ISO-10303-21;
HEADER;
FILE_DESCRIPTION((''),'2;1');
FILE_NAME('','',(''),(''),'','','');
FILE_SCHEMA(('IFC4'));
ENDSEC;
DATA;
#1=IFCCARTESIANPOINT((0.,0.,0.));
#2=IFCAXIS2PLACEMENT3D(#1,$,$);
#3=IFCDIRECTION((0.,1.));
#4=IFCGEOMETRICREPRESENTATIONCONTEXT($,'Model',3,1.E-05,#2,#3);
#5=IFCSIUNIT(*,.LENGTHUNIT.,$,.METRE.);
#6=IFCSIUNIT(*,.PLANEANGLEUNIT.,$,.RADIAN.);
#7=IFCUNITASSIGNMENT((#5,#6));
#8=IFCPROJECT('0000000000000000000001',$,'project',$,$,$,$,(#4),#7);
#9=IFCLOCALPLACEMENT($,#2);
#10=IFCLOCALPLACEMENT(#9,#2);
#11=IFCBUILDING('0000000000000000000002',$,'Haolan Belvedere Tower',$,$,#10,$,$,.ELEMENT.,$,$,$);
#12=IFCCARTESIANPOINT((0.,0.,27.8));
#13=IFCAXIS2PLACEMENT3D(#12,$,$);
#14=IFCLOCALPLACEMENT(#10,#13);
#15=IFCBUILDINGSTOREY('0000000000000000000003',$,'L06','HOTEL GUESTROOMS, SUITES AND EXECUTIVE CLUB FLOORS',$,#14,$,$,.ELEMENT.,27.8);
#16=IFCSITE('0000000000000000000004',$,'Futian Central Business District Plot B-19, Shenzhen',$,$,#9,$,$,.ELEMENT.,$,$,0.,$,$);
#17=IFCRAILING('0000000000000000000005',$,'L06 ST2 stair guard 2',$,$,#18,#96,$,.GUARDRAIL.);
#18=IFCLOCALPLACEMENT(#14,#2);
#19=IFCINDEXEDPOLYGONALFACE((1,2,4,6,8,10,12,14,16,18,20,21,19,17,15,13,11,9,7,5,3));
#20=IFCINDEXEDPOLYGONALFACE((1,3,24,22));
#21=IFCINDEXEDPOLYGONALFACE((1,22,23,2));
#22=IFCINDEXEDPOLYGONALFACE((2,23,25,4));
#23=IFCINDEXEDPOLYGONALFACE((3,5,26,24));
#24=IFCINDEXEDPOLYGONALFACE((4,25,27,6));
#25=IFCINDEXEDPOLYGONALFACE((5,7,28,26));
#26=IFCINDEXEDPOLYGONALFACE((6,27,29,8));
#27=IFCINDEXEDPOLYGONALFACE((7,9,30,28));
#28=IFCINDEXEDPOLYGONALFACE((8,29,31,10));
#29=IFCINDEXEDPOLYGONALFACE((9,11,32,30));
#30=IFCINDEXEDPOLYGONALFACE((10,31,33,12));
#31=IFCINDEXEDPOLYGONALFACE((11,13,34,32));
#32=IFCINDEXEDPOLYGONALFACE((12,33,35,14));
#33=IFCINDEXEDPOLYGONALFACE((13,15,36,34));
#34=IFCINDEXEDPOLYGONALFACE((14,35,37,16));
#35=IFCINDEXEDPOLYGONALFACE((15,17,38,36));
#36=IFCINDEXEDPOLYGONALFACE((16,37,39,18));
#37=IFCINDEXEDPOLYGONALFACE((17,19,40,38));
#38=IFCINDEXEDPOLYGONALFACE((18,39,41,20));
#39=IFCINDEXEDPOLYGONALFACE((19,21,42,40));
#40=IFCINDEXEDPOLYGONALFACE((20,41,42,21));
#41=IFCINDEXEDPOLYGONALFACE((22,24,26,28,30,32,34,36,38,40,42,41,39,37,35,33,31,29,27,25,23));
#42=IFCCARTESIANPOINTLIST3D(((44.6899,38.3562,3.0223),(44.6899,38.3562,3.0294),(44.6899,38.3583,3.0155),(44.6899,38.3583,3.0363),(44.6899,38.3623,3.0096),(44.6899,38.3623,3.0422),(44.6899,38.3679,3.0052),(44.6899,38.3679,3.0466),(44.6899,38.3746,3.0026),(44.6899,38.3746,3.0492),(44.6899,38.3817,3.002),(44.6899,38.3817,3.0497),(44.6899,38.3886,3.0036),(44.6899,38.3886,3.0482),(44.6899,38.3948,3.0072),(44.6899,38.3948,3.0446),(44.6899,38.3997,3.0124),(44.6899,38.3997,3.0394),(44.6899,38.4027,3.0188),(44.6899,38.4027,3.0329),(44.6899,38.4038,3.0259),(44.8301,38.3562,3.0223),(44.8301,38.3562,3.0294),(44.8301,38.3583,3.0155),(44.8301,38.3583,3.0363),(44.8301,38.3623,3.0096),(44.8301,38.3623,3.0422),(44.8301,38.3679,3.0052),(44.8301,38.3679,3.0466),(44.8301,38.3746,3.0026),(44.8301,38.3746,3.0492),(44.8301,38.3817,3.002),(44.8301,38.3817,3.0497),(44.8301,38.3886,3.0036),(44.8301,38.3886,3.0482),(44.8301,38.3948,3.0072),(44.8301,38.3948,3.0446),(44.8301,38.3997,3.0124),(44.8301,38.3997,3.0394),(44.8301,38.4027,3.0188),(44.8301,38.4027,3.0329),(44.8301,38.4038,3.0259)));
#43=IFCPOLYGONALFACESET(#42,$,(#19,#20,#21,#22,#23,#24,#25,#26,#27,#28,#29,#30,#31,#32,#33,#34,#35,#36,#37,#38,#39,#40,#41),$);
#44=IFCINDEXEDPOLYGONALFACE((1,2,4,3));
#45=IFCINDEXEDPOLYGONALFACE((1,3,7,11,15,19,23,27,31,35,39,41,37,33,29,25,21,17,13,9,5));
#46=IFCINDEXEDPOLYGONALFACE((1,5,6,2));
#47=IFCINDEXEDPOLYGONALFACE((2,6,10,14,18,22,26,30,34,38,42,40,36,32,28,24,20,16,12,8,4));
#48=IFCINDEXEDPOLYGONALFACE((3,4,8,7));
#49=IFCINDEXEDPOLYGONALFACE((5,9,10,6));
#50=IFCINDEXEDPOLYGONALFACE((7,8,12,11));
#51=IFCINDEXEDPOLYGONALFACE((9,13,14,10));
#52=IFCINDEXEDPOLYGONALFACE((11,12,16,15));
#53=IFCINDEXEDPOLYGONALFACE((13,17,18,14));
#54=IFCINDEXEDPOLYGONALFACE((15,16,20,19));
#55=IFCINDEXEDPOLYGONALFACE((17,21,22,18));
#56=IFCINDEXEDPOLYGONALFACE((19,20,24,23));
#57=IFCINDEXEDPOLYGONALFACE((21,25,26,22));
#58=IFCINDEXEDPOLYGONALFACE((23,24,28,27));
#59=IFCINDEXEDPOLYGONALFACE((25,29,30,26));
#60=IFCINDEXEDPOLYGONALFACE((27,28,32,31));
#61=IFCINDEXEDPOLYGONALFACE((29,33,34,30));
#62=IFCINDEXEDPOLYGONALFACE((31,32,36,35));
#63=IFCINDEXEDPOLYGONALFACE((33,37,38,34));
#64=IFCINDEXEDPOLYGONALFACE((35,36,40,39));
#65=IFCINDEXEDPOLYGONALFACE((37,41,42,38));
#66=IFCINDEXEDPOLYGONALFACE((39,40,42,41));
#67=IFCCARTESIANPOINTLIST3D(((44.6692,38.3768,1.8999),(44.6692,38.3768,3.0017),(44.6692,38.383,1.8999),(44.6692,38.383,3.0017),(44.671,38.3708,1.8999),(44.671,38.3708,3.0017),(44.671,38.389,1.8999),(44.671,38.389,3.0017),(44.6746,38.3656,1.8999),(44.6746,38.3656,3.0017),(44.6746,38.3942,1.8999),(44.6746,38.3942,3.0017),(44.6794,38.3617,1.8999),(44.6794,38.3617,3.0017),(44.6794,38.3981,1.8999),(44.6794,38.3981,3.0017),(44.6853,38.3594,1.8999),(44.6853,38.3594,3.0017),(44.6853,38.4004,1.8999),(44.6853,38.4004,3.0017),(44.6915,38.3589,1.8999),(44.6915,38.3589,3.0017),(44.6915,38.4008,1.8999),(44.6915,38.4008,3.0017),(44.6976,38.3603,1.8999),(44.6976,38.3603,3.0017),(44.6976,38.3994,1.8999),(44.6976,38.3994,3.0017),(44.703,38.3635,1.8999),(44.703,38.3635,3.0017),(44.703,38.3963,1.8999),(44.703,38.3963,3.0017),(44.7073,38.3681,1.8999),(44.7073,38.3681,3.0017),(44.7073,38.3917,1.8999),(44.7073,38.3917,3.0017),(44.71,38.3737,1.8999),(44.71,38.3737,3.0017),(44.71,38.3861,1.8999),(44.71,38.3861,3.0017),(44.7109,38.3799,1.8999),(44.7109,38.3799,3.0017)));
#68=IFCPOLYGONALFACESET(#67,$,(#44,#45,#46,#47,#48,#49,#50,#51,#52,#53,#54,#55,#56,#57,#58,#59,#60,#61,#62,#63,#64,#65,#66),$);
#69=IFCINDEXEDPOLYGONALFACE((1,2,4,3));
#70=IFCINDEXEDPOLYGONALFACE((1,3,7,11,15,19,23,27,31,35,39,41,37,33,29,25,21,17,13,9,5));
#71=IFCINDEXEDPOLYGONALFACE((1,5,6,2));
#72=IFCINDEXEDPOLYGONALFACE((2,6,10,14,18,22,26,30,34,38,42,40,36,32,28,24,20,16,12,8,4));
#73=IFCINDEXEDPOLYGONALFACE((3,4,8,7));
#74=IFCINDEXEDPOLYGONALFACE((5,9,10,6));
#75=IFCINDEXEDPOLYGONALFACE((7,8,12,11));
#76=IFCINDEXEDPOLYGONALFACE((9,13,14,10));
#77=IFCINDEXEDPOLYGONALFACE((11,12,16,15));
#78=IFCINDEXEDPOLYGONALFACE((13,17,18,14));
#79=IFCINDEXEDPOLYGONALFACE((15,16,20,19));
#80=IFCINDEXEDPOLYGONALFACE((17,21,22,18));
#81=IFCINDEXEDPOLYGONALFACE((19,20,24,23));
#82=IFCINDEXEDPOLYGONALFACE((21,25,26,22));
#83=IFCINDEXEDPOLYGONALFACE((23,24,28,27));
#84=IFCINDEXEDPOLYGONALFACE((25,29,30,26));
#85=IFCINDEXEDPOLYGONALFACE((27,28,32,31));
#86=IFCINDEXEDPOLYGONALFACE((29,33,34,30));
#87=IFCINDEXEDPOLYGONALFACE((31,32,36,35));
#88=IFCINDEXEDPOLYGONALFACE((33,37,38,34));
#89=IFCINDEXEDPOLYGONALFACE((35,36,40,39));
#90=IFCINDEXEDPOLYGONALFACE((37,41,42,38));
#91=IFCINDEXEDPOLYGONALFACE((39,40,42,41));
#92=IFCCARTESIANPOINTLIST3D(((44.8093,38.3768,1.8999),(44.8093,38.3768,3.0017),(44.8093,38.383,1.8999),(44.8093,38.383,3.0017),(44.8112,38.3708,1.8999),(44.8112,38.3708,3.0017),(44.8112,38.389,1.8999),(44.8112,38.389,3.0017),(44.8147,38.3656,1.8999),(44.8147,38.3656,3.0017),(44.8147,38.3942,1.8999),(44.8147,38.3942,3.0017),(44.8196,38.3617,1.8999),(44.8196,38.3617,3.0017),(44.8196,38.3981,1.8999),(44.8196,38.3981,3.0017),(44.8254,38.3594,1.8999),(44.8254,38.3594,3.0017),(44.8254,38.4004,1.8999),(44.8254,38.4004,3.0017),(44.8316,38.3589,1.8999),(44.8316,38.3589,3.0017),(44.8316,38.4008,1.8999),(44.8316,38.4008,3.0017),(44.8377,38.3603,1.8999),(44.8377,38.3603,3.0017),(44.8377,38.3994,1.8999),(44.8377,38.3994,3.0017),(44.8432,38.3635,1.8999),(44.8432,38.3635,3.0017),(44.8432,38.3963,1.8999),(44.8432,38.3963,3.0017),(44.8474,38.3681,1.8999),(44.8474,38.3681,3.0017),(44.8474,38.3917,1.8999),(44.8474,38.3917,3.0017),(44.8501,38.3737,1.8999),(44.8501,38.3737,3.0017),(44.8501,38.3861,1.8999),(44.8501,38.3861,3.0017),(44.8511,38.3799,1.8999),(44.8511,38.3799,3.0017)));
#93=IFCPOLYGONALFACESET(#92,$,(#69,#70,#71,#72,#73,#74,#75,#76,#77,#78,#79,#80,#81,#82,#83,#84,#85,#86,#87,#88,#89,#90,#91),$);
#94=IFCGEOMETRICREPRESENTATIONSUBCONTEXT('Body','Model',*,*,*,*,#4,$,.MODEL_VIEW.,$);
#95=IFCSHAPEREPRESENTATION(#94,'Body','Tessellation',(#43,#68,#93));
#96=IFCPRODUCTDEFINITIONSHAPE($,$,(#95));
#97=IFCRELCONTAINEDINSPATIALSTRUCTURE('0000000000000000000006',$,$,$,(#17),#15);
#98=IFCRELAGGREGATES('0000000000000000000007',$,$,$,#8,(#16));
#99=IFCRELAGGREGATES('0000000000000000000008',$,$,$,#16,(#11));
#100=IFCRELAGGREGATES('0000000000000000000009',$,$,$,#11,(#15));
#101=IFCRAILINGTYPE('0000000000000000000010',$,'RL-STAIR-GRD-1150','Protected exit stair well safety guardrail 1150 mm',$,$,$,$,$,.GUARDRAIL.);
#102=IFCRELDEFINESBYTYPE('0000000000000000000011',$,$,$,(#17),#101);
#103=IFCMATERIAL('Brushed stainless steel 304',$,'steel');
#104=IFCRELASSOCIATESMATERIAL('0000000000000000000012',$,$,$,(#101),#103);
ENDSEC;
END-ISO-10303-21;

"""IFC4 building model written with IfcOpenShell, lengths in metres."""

from ifc_helpers import new_model, si_unit, direction, frame, origin, origin_2d, place, context, subcontext, project, spatial, circle, extrude, material, type_object, element, save


model = new_model("IFC4")

# Units and contexts
model_context = context("Model", 3, precision=1e-05, world=origin(), true_north=direction((0.0, 1.0)))
body_context = subcontext(model_context, "Body", "Model", "MODEL_VIEW")
ifc_project = project(units=[si_unit("LENGTHUNIT", "METRE"), si_unit("PLANEANGLEUNIT", "RADIAN")], contexts=[model_context])

# Site, building, storey
site_placement = place(None, origin())
site = spatial("IfcSite", under=ifc_project, at=site_placement, Name="Futian Central Business District Plot B-19, Shenzhen", CompositionType="ELEMENT", RefElevation=0.0)
building_placement = place(site_placement, origin())
building = spatial("IfcBuilding", under=site, at=building_placement, Name="Haolan Belvedere Tower", CompositionType="ELEMENT")
storey_placement = place(building_placement, frame((0.0, 0.0, 27.8)))
storey = spatial("IfcBuildingStorey", under=building, at=storey_placement, Name="L06", Description="HOTEL GUESTROOMS, SUITES AND EXECUTIVE CLUB FLOORS", CompositionType="ELEMENT", Elevation=27.8)

# Railing
ifc_material_1 = material(Name="Brushed stainless steel 304", Category="steel")
railing_type_1 = type_object("IfcRailingType", Name="RL-STAIR-GRD-1150", Description="Protected exit stair well safety guardrail 1150 mm", PredefinedType="GUARDRAIL", material=ifc_material_1)
railing_1_placement = place(storey_placement, frame((44.6899, 38.3799, 1.8999)))
element("IfcRailing", 1, at=railing_1_placement, inside=storey, type_object=railing_type_1, Name="L06 ST2 stair guard 2", PredefinedType="GUARDRAIL", context=body_context, shape_type="SweptSolid", body=[
    extrude(circle(Radius=0.0239, at=origin_2d()), frame((0.0, 0.0, 1.126), z_axis=(1.0, 0.0, 0.0), x_axis=(0.0, 1.0, 0.0)), (0.0, 0.0, 1.0), 0.1401),
    extrude(circle(Radius=0.021, at=origin_2d()), origin(), (0.0, 0.0, 1.0), 1.1018),
    extrude(circle(Radius=0.021, at=origin_2d()), frame((0.1401, 0.0, 0.0)), (0.0, 0.0, 1.0), 1.1018),
])

save(model, "model.ifc")
